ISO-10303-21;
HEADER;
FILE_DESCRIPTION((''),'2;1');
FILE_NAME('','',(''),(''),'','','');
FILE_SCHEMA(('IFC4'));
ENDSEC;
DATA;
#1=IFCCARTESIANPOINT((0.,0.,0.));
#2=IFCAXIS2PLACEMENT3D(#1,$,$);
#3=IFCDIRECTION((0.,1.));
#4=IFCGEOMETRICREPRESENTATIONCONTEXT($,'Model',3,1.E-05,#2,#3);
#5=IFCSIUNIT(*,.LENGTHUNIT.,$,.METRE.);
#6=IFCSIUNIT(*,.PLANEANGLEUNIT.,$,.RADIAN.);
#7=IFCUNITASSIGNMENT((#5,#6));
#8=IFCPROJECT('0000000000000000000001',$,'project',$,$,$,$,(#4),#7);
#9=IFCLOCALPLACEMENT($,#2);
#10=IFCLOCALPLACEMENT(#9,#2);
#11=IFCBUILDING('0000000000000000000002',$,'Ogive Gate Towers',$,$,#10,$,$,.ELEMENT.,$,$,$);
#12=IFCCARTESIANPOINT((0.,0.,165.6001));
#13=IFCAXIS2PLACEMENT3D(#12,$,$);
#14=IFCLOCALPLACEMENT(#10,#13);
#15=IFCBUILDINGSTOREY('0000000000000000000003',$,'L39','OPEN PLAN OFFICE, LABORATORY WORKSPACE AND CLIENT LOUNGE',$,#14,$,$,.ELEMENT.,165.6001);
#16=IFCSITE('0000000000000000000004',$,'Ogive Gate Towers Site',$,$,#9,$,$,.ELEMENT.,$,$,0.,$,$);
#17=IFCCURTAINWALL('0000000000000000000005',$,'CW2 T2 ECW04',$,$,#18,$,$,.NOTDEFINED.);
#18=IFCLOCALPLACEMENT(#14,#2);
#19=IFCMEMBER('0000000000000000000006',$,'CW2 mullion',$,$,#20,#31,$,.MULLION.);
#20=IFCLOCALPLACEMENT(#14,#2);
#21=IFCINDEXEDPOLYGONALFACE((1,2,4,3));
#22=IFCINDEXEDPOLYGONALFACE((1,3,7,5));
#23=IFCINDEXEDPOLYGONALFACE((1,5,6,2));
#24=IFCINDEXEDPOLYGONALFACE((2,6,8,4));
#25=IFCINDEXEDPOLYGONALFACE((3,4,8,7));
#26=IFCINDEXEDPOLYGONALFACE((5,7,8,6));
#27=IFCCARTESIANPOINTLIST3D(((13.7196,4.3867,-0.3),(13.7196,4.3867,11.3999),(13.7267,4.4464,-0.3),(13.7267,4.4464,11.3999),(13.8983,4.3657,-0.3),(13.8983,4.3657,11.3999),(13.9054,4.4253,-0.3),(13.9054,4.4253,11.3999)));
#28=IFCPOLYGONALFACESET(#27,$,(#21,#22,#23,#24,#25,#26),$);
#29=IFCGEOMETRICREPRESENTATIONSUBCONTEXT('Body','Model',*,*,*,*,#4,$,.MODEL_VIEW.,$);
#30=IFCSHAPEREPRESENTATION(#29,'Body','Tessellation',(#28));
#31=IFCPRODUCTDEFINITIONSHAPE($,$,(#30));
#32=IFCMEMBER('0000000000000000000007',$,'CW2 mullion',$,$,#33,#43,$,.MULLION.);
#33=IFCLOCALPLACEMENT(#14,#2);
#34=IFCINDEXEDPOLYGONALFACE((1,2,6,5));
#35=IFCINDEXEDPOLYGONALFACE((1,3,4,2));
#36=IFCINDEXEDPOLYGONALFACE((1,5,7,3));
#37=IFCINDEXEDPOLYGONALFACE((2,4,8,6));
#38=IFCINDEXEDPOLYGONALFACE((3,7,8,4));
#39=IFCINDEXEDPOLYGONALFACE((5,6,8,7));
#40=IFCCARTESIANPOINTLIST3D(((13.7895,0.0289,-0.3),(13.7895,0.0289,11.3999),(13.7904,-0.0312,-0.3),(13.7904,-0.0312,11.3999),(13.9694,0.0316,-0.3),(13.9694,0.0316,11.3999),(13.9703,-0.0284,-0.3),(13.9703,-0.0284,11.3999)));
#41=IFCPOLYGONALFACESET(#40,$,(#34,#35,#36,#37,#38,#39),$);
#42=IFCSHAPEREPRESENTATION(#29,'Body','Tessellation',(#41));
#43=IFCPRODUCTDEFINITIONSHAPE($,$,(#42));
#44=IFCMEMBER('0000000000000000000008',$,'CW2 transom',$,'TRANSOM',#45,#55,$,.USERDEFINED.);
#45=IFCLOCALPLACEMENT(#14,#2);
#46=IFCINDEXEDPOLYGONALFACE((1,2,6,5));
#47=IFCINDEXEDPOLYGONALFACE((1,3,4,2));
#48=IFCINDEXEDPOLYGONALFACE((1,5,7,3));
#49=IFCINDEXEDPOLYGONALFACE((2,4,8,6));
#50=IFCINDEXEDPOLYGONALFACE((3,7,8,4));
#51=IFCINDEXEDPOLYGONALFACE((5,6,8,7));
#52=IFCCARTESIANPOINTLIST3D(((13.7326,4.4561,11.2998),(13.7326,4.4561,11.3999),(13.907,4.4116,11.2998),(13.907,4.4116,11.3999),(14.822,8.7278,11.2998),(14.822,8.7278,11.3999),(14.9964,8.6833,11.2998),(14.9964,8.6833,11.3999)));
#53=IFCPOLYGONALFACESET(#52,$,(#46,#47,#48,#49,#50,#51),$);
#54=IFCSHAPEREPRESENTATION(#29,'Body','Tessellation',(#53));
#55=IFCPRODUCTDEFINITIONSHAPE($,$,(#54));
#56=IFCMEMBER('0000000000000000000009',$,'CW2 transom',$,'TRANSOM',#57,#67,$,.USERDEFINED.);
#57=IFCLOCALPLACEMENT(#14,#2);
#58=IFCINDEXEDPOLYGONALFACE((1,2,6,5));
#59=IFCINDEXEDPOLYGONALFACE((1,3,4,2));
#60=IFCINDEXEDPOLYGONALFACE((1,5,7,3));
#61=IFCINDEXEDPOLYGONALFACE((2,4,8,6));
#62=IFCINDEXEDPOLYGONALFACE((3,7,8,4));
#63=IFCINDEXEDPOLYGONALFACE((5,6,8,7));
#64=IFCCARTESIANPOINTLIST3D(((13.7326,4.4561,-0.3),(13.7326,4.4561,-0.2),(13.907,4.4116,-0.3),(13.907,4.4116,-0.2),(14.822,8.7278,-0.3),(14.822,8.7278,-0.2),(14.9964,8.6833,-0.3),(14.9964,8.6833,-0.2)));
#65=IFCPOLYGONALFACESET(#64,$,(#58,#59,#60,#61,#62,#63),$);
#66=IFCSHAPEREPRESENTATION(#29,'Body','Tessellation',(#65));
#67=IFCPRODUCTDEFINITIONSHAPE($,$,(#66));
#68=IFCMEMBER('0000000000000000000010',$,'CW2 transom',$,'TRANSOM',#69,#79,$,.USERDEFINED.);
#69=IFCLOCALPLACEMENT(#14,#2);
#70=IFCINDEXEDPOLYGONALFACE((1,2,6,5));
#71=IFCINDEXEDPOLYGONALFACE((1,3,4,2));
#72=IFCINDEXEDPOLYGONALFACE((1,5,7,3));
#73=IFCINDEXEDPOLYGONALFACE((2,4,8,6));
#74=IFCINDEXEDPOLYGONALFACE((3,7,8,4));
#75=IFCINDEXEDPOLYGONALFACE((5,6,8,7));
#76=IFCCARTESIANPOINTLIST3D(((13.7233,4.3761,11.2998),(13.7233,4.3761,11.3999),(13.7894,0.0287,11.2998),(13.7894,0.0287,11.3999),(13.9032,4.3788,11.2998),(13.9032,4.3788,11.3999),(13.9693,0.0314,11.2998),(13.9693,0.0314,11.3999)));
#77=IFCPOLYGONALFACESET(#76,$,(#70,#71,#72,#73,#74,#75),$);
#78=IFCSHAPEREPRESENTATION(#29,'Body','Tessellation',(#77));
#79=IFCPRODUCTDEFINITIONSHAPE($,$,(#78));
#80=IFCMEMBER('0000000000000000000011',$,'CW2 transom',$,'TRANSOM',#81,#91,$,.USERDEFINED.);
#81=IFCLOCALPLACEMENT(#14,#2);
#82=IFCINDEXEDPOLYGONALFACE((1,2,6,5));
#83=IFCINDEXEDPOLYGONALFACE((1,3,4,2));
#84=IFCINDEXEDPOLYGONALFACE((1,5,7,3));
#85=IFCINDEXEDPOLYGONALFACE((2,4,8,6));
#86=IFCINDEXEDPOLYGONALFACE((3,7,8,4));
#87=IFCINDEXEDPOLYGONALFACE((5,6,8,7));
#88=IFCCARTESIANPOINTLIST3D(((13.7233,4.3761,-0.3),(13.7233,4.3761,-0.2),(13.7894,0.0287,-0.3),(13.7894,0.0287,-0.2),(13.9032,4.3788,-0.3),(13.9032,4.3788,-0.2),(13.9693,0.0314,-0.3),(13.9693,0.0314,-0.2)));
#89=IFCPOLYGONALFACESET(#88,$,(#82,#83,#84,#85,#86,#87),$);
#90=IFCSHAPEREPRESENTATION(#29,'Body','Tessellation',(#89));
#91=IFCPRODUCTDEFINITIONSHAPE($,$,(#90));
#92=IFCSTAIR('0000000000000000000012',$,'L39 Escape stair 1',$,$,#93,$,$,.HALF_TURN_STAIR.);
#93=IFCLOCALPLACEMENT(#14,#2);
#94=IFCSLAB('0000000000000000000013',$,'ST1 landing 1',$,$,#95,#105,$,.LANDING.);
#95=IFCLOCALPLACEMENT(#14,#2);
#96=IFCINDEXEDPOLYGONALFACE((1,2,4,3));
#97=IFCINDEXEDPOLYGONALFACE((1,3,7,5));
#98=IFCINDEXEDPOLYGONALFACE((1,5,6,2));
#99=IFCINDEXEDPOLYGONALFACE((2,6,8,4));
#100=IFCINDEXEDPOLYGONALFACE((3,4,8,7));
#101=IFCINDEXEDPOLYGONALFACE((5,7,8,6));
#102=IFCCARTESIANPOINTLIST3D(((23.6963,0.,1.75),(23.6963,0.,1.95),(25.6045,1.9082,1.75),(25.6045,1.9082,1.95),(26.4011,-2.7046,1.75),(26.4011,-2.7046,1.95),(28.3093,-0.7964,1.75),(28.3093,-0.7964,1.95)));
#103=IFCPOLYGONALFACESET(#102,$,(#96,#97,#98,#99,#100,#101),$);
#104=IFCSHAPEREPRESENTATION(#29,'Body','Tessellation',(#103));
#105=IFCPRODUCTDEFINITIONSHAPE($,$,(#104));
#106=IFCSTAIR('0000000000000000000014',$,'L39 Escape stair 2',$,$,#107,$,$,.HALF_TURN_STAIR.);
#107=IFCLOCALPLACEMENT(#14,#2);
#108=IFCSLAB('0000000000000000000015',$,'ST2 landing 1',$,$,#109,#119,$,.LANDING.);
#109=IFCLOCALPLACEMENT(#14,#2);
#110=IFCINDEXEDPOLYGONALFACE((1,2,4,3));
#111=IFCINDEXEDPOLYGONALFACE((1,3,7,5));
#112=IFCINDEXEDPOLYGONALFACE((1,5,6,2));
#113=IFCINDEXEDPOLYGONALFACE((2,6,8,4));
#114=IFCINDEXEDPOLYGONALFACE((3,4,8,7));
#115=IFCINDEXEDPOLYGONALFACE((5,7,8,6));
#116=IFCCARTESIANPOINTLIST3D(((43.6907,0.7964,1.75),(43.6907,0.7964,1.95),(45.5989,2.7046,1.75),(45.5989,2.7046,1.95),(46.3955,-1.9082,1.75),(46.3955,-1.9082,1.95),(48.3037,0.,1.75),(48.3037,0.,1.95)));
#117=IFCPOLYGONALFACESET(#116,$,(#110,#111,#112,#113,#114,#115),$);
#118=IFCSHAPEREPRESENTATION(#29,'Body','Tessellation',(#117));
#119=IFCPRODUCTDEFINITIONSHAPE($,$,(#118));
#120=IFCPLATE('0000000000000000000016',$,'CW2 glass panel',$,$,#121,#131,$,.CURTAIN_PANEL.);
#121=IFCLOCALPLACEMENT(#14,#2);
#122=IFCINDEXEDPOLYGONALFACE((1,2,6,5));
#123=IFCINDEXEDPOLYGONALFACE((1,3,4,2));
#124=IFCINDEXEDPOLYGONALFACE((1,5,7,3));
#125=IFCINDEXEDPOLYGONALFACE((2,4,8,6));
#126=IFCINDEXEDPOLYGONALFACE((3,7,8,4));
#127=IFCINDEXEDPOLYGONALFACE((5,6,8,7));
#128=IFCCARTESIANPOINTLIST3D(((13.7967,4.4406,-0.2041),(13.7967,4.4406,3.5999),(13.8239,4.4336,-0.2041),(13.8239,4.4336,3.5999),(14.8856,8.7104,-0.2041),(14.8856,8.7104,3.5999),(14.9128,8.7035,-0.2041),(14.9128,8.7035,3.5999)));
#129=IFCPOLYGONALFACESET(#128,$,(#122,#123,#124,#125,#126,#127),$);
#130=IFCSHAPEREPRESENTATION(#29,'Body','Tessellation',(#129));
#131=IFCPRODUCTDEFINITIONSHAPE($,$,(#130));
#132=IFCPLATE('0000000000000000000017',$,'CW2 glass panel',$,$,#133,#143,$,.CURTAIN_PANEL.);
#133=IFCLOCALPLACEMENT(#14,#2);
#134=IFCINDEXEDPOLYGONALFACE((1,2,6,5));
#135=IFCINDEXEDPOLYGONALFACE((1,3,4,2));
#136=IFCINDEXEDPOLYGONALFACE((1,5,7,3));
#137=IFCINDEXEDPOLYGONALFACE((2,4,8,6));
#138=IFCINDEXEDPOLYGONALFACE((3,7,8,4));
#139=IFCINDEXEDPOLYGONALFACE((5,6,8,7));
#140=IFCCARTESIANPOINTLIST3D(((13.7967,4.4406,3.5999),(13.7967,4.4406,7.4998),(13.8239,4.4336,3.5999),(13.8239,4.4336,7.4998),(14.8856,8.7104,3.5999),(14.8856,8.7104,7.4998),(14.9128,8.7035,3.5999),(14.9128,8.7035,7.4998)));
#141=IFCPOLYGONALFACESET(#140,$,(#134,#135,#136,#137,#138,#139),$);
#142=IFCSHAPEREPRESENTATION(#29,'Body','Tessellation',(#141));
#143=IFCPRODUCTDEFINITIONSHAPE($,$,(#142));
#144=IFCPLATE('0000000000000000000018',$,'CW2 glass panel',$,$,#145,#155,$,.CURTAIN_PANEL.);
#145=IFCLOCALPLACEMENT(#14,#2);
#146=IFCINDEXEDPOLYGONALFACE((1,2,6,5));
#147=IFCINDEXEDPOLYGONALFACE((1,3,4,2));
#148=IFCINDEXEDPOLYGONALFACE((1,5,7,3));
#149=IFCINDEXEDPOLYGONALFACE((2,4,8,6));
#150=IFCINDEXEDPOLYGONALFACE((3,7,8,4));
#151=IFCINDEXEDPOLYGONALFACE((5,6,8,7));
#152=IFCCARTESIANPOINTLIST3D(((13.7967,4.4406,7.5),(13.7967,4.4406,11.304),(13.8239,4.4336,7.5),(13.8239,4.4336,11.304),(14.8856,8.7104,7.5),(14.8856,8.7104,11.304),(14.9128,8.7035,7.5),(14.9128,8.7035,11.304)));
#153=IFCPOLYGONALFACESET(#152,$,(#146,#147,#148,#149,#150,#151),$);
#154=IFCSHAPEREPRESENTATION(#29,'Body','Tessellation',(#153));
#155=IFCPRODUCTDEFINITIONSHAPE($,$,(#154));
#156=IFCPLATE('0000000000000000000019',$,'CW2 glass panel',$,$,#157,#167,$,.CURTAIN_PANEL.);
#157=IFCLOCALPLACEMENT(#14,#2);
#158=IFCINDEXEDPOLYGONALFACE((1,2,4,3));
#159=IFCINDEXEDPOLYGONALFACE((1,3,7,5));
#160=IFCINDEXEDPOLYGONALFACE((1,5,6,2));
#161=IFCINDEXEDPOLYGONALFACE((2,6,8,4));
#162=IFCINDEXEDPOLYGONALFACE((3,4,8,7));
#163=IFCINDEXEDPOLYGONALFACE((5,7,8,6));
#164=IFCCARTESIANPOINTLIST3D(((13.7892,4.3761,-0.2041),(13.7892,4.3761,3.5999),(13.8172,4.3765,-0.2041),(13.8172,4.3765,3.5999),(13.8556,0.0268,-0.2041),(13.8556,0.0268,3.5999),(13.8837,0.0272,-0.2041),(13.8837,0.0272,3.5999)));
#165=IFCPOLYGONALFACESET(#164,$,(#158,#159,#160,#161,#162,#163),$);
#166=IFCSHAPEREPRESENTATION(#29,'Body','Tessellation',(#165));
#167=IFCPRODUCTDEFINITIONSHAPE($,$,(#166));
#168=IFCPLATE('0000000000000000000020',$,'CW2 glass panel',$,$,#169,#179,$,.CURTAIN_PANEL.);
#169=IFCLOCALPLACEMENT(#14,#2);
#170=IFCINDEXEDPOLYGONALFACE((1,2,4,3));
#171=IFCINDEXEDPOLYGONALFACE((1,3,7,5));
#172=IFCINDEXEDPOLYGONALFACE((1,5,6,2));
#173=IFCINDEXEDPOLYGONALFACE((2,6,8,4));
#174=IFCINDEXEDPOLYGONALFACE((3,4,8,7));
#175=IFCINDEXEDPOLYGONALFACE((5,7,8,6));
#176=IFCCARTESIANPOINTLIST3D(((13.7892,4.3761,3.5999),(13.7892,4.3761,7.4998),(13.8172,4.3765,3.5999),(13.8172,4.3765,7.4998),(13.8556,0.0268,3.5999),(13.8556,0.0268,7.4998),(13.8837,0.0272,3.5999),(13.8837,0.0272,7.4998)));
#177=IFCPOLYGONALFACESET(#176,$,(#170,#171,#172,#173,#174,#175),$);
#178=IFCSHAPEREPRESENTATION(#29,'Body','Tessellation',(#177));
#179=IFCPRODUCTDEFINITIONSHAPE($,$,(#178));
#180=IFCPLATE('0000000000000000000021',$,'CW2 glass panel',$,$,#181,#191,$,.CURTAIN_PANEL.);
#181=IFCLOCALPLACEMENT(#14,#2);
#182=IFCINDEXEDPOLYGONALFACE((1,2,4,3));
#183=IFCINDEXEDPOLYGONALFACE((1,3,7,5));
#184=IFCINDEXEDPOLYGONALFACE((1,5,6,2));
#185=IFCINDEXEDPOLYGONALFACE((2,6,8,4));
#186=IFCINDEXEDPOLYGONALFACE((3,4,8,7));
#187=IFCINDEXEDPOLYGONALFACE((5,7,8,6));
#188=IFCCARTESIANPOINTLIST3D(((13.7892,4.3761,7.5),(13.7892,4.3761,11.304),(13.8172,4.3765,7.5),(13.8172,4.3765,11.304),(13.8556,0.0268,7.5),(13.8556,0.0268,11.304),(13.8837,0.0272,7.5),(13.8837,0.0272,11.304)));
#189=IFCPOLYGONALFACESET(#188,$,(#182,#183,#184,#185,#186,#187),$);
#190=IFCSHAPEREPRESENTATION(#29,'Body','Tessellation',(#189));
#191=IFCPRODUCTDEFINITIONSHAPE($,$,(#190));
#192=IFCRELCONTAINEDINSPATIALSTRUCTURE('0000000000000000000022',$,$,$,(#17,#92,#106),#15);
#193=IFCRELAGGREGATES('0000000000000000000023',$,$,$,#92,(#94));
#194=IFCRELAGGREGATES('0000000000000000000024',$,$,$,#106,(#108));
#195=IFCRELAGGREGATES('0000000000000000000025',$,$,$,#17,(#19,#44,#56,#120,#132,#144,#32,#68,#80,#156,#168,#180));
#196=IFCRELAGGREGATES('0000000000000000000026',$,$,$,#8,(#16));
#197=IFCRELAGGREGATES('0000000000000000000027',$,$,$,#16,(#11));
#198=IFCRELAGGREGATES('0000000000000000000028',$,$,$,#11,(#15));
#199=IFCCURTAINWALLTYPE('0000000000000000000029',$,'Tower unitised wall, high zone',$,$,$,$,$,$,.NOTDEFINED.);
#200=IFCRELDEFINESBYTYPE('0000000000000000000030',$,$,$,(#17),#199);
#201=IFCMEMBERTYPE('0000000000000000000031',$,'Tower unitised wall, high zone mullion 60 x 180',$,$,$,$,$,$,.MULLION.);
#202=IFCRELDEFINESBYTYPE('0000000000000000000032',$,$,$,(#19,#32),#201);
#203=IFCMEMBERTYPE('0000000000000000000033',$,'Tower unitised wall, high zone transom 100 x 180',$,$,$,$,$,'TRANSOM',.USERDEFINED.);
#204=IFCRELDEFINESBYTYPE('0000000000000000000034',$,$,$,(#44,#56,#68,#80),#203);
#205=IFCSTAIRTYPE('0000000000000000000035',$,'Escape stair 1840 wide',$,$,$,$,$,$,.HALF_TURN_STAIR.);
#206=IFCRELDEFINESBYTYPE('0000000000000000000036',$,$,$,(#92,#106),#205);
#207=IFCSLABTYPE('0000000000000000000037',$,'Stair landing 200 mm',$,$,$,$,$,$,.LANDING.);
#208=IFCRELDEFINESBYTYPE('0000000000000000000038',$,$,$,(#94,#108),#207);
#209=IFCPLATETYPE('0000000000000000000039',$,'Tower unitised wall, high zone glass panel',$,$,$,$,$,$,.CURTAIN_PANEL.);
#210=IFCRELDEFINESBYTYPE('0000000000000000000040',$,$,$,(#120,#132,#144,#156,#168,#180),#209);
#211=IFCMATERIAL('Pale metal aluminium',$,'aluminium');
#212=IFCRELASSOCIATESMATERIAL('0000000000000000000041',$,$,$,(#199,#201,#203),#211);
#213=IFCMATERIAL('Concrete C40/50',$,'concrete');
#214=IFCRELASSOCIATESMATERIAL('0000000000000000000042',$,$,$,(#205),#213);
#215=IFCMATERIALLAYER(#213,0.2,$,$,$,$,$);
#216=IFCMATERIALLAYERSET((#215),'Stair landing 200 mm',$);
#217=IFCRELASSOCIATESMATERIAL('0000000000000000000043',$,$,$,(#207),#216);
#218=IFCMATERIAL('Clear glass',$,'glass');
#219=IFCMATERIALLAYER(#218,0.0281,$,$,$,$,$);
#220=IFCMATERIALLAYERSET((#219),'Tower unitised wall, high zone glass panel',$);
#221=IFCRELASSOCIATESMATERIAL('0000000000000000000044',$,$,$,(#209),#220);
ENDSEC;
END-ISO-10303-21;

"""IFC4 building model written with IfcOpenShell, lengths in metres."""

from ifc_helpers import new_model, si_unit, direction, frame, origin, origin_2d, place, context, subcontext, project, spatial, polyline, rectangle, outline, extrude, material, layer, layer_set, material_profile, profile_set, type_object, element, aggregate, save


model = new_model("IFC4")

# Units and contexts
model_context = context("Model", 3, precision=1e-05, world=origin(), true_north=direction((0.0, 1.0)))
body_context = subcontext(model_context, "Body", "Model", "MODEL_VIEW")
ifc_project = project(units=[si_unit("LENGTHUNIT", "METRE"), si_unit("PLANEANGLEUNIT", "RADIAN")], contexts=[model_context])

# Site, building, storey
site_placement = place(None, origin())
site = spatial("IfcSite", under=ifc_project, at=site_placement, Name="Ogive Gate Towers Site", CompositionType="ELEMENT", RefElevation=0.0)
building_placement = place(site_placement, origin())
building = spatial("IfcBuilding", under=site, at=building_placement, Name="Ogive Gate Towers", CompositionType="ELEMENT")
storey_placement = place(building_placement, frame((0.0, 0.0, 165.6001)))
storey = spatial("IfcBuildingStorey", under=building, at=storey_placement, Name="L39", Description="OPEN PLAN OFFICE, LABORATORY WORKSPACE AND CLIENT LOUNGE", CompositionType="ELEMENT", Elevation=165.6001)

# Curtain wall, members
ifc_material_1 = material(Name="Pale metal aluminium", Category="aluminium")
curtain_wall_type = type_object("IfcCurtainWallType", Name="Tower unitised wall, high zone", PredefinedType="NOTDEFINED", material=ifc_material_1)
curtain_wall_placement = place(storey_placement, origin())
curtain_wall = element("IfcCurtainWall", 1, at=curtain_wall_placement, inside=storey, type_object=curtain_wall_type, Name="CW2 T2 ECW04", PredefinedType="NOTDEFINED")
ifc_material_profile_1 = material_profile(ifc_material_1, rectangle(XDim=0.1799, YDim=0.0601, at=origin_2d()), Name="60 x 180 aluminium box")
ifc_profile_set_1 = profile_set([ifc_material_profile_1], Name="Pale metal aluminium")
member_type_1 = type_object("IfcMemberType", Name="Tower unitised wall, high zone mullion 60 x 180", PredefinedType="MULLION", material=ifc_profile_set_1)
member_1_placement = place(storey_placement, frame((13.8125, 4.406, -0.3), z_axis=(0.0, 0.0, 1.0), x_axis=(-0.993138, 0.116948, 0.0)))
member_1 = element("IfcMember", 2, at=member_1_placement, type_object=member_type_1, Name="CW2 mullion", PredefinedType="MULLION", context=body_context, shape_type="SweptSolid", body=[
    extrude(rectangle(XDim=0.1799, YDim=0.0601, at=origin_2d()), origin(), (0.0, 0.0, 1.0), 11.7),
])
member_2_placement = place(storey_placement, frame((13.8799, 0.0002, -0.3), z_axis=(0.0, 0.0, 1.0), x_axis=(-0.999883, -0.015271, 0.0)))
member_2 = element("IfcMember", 3, at=member_2_placement, type_object=member_type_1, Name="CW2 mullion", PredefinedType="MULLION", context=body_context, shape_type="SweptSolid", body=[
    extrude(rectangle(XDim=0.1799, YDim=0.0601, at=origin_2d()), origin(), (0.0, 0.0, 1.0), 11.7),
])
ifc_material_profile_2 = material_profile(ifc_material_1, rectangle(XDim=0.1799, YDim=0.1001, at=origin_2d()), Name="100 x 180 aluminium box")
ifc_profile_set_2 = profile_set([ifc_material_profile_2], Name="Pale metal aluminium")
member_type_2 = type_object("IfcMemberType", Name="Tower unitised wall, high zone transom 100 x 180", ElementType="TRANSOM", PredefinedType="USERDEFINED", material=ifc_profile_set_2)
member_3_placement = place(storey_placement, frame((14.9092, 8.7056, 11.3499), z_axis=(-0.247107, -0.968988, 0.0), x_axis=(0.968988, -0.247107, 0.0)))
member_3 = element("IfcMember", 4, at=member_3_placement, type_object=member_type_2, Name="CW2 transom", ObjectType="TRANSOM", PredefinedType="USERDEFINED", context=body_context, shape_type="SweptSolid", body=[
    extrude(rectangle(XDim=0.1799, YDim=0.1001, at=origin_2d()), origin(), (0.0, 0.0, 1.0), 4.4084),
])
member_4_placement = place(storey_placement, frame((14.9092, 8.7056, -0.25), z_axis=(-0.247107, -0.968988, 0.0), x_axis=(0.968988, -0.247107, 0.0)))
member_4 = element("IfcMember", 5, at=member_4_placement, type_object=member_type_2, Name="CW2 transom", ObjectType="TRANSOM", PredefinedType="USERDEFINED", context=body_context, shape_type="SweptSolid", body=[
    extrude(rectangle(XDim=0.1799, YDim=0.1001, at=origin_2d()), origin(), (0.0, 0.0, 1.0), 4.4084),
])
member_5_placement = place(storey_placement, frame((13.8132, 4.3774, 11.3499), z_axis=(0.015217, -0.999884, 0.0), x_axis=(0.999884, 0.015217, 0.0)))
member_5 = element("IfcMember", 6, at=member_5_placement, type_object=member_type_2, Name="CW2 transom", ObjectType="TRANSOM", PredefinedType="USERDEFINED", context=body_context, shape_type="SweptSolid", body=[
    extrude(rectangle(XDim=0.1799, YDim=0.1001, at=origin_2d()), origin(), (0.0, 0.0, 1.0), 4.3479),
])
member_6_placement = place(storey_placement, frame((13.8132, 4.3774, -0.25), z_axis=(0.015217, -0.999884, 0.0), x_axis=(0.999884, 0.015217, 0.0)))
member_6 = element("IfcMember", 7, at=member_6_placement, type_object=member_type_2, Name="CW2 transom", ObjectType="TRANSOM", PredefinedType="USERDEFINED", context=body_context, shape_type="SweptSolid", body=[
    extrude(rectangle(XDim=0.1799, YDim=0.1001, at=origin_2d()), origin(), (0.0, 0.0, 1.0), 4.3479),
])

# Stairs, slabs
ifc_material_2 = material(Name="Concrete C40/50", Category="concrete")
stair_type = type_object("IfcStairType", Name="Escape stair 1840 wide", PredefinedType="HALF_TURN_STAIR", material=ifc_material_2)
stair_1_placement = place(storey_placement, origin())
stair_1 = element("IfcStair", 8, at=stair_1_placement, inside=storey, type_object=stair_type, Name="L39 Escape stair 1", PredefinedType="HALF_TURN_STAIR")
ifc_layer_1 = layer(ifc_material_2, 0.2)
ifc_layer_set_1 = layer_set([ifc_layer_1], Name="Stair landing 200 mm")
slab_type = type_object("IfcSlabType", Name="Stair landing 200 mm", PredefinedType="LANDING", material=ifc_layer_set_1)
slab_1_placement = place(storey_placement, frame((0.0, 0.0, 1.75)))
slab_1 = element("IfcSlab", 9, at=slab_1_placement, type_object=slab_type, Name="ST1 landing 1", PredefinedType="LANDING", context=body_context, shape_type="SweptSolid", body=[
    extrude(outline(polyline([(25.6045, 1.9082), (23.6963, 0.0), (26.4011, -2.7046), (28.3093, -0.7964), (25.6045, 1.9082)])), origin(), (0.0, 0.0, 1.0), 0.2),
])
aggregate(stair_1, [slab_1])
stair_2_placement = place(storey_placement, origin())
stair_2 = element("IfcStair", 10, at=stair_2_placement, inside=storey, type_object=stair_type, Name="L39 Escape stair 2", PredefinedType="HALF_TURN_STAIR")
slab_2_placement = place(storey_placement, frame((0.0, 0.0, 1.75)))
slab_2 = element("IfcSlab", 11, at=slab_2_placement, type_object=slab_type, Name="ST2 landing 1", PredefinedType="LANDING", context=body_context, shape_type="SweptSolid", body=[
    extrude(outline(polyline([(46.3955, -1.9082), (48.3037, 0.0), (45.5989, 2.7046), (43.6907, 0.7964), (46.3955, -1.9082)])), origin(), (0.0, 0.0, 1.0), 0.2),
])
aggregate(stair_2, [slab_2])

# Plates
ifc_material_3 = material(Name="Clear glass", Category="glass")
ifc_layer_2 = layer(ifc_material_3, 0.0281)
ifc_layer_set_2 = layer_set([ifc_layer_2], Name="Tower unitised wall, high zone glass panel")
plate_type = type_object("IfcPlateType", Name="Tower unitised wall, high zone glass panel", PredefinedType="CURTAIN_PANEL", material=ifc_layer_set_2)
plate_1_placement = place(storey_placement, frame((14.3547, 6.572, -0.2041), z_axis=(0.0, 0.0, 1.0), x_axis=(-0.2471, -0.96899, 0.0)))
plate_1 = element("IfcPlate", 12, at=plate_1_placement, type_object=plate_type, Name="CW2 glass panel", PredefinedType="CURTAIN_PANEL", context=body_context, shape_type="SweptSolid", body=[
    extrude(rectangle(XDim=4.4065, YDim=0.0281, at=origin_2d()), origin(), (0.0, 0.0, 1.0), 3.804),
])
plate_2_placement = place(storey_placement, frame((14.3547, 6.572, 3.5999), z_axis=(0.0, 0.0, 1.0), x_axis=(-0.2471, -0.96899, 0.0)))
plate_2 = element("IfcPlate", 13, at=plate_2_placement, type_object=plate_type, Name="CW2 glass panel", PredefinedType="CURTAIN_PANEL", context=body_context, shape_type="SweptSolid", body=[
    extrude(rectangle(XDim=4.4065, YDim=0.0281, at=origin_2d()), origin(), (0.0, 0.0, 1.0), 3.8999),
])
plate_3_placement = place(storey_placement, frame((14.3547, 6.572, 7.5), z_axis=(0.0, 0.0, 1.0), x_axis=(-0.2471, -0.96899, 0.0)))
plate_3 = element("IfcPlate", 14, at=plate_3_placement, type_object=plate_type, Name="CW2 glass panel", PredefinedType="CURTAIN_PANEL", context=body_context, shape_type="SweptSolid", body=[
    extrude(rectangle(XDim=4.4065, YDim=0.0281, at=origin_2d()), origin(), (0.0, 0.0, 1.0), 3.804),
])
plate_4_placement = place(storey_placement, frame((13.8364, 2.2017, -0.2041), z_axis=(0.0, 0.0, 1.0), x_axis=(0.015271, -0.999883, 0.0)))
plate_4 = element("IfcPlate", 15, at=plate_4_placement, type_object=plate_type, Name="CW2 glass panel", PredefinedType="CURTAIN_PANEL", context=body_context, shape_type="SweptSolid", body=[
    extrude(rectangle(XDim=4.3499, YDim=0.0281, at=origin_2d()), origin(), (0.0, 0.0, 1.0), 3.804),
])
plate_5_placement = place(storey_placement, frame((13.8364, 2.2017, 3.5999), z_axis=(0.0, 0.0, 1.0), x_axis=(0.015271, -0.999883, 0.0)))
plate_5 = element("IfcPlate", 16, at=plate_5_placement, type_object=plate_type, Name="CW2 glass panel", PredefinedType="CURTAIN_PANEL", context=body_context, shape_type="SweptSolid", body=[
    extrude(rectangle(XDim=4.3499, YDim=0.0281, at=origin_2d()), origin(), (0.0, 0.0, 1.0), 3.8999),
])
plate_6_placement = place(storey_placement, frame((13.8364, 2.2017, 7.5), z_axis=(0.0, 0.0, 1.0), x_axis=(0.015271, -0.999883, 0.0)))
plate_6 = element("IfcPlate", 17, at=plate_6_placement, type_object=plate_type, Name="CW2 glass panel", PredefinedType="CURTAIN_PANEL", context=body_context, shape_type="SweptSolid", body=[
    extrude(rectangle(XDim=4.3499, YDim=0.0281, at=origin_2d()), origin(), (0.0, 0.0, 1.0), 3.804),
])
aggregate(curtain_wall, [member_1, member_3, member_4, plate_1, plate_2, plate_3, member_2, member_5, member_6, plate_4, plate_5, plate_6])

save(model, "model.ifc")
